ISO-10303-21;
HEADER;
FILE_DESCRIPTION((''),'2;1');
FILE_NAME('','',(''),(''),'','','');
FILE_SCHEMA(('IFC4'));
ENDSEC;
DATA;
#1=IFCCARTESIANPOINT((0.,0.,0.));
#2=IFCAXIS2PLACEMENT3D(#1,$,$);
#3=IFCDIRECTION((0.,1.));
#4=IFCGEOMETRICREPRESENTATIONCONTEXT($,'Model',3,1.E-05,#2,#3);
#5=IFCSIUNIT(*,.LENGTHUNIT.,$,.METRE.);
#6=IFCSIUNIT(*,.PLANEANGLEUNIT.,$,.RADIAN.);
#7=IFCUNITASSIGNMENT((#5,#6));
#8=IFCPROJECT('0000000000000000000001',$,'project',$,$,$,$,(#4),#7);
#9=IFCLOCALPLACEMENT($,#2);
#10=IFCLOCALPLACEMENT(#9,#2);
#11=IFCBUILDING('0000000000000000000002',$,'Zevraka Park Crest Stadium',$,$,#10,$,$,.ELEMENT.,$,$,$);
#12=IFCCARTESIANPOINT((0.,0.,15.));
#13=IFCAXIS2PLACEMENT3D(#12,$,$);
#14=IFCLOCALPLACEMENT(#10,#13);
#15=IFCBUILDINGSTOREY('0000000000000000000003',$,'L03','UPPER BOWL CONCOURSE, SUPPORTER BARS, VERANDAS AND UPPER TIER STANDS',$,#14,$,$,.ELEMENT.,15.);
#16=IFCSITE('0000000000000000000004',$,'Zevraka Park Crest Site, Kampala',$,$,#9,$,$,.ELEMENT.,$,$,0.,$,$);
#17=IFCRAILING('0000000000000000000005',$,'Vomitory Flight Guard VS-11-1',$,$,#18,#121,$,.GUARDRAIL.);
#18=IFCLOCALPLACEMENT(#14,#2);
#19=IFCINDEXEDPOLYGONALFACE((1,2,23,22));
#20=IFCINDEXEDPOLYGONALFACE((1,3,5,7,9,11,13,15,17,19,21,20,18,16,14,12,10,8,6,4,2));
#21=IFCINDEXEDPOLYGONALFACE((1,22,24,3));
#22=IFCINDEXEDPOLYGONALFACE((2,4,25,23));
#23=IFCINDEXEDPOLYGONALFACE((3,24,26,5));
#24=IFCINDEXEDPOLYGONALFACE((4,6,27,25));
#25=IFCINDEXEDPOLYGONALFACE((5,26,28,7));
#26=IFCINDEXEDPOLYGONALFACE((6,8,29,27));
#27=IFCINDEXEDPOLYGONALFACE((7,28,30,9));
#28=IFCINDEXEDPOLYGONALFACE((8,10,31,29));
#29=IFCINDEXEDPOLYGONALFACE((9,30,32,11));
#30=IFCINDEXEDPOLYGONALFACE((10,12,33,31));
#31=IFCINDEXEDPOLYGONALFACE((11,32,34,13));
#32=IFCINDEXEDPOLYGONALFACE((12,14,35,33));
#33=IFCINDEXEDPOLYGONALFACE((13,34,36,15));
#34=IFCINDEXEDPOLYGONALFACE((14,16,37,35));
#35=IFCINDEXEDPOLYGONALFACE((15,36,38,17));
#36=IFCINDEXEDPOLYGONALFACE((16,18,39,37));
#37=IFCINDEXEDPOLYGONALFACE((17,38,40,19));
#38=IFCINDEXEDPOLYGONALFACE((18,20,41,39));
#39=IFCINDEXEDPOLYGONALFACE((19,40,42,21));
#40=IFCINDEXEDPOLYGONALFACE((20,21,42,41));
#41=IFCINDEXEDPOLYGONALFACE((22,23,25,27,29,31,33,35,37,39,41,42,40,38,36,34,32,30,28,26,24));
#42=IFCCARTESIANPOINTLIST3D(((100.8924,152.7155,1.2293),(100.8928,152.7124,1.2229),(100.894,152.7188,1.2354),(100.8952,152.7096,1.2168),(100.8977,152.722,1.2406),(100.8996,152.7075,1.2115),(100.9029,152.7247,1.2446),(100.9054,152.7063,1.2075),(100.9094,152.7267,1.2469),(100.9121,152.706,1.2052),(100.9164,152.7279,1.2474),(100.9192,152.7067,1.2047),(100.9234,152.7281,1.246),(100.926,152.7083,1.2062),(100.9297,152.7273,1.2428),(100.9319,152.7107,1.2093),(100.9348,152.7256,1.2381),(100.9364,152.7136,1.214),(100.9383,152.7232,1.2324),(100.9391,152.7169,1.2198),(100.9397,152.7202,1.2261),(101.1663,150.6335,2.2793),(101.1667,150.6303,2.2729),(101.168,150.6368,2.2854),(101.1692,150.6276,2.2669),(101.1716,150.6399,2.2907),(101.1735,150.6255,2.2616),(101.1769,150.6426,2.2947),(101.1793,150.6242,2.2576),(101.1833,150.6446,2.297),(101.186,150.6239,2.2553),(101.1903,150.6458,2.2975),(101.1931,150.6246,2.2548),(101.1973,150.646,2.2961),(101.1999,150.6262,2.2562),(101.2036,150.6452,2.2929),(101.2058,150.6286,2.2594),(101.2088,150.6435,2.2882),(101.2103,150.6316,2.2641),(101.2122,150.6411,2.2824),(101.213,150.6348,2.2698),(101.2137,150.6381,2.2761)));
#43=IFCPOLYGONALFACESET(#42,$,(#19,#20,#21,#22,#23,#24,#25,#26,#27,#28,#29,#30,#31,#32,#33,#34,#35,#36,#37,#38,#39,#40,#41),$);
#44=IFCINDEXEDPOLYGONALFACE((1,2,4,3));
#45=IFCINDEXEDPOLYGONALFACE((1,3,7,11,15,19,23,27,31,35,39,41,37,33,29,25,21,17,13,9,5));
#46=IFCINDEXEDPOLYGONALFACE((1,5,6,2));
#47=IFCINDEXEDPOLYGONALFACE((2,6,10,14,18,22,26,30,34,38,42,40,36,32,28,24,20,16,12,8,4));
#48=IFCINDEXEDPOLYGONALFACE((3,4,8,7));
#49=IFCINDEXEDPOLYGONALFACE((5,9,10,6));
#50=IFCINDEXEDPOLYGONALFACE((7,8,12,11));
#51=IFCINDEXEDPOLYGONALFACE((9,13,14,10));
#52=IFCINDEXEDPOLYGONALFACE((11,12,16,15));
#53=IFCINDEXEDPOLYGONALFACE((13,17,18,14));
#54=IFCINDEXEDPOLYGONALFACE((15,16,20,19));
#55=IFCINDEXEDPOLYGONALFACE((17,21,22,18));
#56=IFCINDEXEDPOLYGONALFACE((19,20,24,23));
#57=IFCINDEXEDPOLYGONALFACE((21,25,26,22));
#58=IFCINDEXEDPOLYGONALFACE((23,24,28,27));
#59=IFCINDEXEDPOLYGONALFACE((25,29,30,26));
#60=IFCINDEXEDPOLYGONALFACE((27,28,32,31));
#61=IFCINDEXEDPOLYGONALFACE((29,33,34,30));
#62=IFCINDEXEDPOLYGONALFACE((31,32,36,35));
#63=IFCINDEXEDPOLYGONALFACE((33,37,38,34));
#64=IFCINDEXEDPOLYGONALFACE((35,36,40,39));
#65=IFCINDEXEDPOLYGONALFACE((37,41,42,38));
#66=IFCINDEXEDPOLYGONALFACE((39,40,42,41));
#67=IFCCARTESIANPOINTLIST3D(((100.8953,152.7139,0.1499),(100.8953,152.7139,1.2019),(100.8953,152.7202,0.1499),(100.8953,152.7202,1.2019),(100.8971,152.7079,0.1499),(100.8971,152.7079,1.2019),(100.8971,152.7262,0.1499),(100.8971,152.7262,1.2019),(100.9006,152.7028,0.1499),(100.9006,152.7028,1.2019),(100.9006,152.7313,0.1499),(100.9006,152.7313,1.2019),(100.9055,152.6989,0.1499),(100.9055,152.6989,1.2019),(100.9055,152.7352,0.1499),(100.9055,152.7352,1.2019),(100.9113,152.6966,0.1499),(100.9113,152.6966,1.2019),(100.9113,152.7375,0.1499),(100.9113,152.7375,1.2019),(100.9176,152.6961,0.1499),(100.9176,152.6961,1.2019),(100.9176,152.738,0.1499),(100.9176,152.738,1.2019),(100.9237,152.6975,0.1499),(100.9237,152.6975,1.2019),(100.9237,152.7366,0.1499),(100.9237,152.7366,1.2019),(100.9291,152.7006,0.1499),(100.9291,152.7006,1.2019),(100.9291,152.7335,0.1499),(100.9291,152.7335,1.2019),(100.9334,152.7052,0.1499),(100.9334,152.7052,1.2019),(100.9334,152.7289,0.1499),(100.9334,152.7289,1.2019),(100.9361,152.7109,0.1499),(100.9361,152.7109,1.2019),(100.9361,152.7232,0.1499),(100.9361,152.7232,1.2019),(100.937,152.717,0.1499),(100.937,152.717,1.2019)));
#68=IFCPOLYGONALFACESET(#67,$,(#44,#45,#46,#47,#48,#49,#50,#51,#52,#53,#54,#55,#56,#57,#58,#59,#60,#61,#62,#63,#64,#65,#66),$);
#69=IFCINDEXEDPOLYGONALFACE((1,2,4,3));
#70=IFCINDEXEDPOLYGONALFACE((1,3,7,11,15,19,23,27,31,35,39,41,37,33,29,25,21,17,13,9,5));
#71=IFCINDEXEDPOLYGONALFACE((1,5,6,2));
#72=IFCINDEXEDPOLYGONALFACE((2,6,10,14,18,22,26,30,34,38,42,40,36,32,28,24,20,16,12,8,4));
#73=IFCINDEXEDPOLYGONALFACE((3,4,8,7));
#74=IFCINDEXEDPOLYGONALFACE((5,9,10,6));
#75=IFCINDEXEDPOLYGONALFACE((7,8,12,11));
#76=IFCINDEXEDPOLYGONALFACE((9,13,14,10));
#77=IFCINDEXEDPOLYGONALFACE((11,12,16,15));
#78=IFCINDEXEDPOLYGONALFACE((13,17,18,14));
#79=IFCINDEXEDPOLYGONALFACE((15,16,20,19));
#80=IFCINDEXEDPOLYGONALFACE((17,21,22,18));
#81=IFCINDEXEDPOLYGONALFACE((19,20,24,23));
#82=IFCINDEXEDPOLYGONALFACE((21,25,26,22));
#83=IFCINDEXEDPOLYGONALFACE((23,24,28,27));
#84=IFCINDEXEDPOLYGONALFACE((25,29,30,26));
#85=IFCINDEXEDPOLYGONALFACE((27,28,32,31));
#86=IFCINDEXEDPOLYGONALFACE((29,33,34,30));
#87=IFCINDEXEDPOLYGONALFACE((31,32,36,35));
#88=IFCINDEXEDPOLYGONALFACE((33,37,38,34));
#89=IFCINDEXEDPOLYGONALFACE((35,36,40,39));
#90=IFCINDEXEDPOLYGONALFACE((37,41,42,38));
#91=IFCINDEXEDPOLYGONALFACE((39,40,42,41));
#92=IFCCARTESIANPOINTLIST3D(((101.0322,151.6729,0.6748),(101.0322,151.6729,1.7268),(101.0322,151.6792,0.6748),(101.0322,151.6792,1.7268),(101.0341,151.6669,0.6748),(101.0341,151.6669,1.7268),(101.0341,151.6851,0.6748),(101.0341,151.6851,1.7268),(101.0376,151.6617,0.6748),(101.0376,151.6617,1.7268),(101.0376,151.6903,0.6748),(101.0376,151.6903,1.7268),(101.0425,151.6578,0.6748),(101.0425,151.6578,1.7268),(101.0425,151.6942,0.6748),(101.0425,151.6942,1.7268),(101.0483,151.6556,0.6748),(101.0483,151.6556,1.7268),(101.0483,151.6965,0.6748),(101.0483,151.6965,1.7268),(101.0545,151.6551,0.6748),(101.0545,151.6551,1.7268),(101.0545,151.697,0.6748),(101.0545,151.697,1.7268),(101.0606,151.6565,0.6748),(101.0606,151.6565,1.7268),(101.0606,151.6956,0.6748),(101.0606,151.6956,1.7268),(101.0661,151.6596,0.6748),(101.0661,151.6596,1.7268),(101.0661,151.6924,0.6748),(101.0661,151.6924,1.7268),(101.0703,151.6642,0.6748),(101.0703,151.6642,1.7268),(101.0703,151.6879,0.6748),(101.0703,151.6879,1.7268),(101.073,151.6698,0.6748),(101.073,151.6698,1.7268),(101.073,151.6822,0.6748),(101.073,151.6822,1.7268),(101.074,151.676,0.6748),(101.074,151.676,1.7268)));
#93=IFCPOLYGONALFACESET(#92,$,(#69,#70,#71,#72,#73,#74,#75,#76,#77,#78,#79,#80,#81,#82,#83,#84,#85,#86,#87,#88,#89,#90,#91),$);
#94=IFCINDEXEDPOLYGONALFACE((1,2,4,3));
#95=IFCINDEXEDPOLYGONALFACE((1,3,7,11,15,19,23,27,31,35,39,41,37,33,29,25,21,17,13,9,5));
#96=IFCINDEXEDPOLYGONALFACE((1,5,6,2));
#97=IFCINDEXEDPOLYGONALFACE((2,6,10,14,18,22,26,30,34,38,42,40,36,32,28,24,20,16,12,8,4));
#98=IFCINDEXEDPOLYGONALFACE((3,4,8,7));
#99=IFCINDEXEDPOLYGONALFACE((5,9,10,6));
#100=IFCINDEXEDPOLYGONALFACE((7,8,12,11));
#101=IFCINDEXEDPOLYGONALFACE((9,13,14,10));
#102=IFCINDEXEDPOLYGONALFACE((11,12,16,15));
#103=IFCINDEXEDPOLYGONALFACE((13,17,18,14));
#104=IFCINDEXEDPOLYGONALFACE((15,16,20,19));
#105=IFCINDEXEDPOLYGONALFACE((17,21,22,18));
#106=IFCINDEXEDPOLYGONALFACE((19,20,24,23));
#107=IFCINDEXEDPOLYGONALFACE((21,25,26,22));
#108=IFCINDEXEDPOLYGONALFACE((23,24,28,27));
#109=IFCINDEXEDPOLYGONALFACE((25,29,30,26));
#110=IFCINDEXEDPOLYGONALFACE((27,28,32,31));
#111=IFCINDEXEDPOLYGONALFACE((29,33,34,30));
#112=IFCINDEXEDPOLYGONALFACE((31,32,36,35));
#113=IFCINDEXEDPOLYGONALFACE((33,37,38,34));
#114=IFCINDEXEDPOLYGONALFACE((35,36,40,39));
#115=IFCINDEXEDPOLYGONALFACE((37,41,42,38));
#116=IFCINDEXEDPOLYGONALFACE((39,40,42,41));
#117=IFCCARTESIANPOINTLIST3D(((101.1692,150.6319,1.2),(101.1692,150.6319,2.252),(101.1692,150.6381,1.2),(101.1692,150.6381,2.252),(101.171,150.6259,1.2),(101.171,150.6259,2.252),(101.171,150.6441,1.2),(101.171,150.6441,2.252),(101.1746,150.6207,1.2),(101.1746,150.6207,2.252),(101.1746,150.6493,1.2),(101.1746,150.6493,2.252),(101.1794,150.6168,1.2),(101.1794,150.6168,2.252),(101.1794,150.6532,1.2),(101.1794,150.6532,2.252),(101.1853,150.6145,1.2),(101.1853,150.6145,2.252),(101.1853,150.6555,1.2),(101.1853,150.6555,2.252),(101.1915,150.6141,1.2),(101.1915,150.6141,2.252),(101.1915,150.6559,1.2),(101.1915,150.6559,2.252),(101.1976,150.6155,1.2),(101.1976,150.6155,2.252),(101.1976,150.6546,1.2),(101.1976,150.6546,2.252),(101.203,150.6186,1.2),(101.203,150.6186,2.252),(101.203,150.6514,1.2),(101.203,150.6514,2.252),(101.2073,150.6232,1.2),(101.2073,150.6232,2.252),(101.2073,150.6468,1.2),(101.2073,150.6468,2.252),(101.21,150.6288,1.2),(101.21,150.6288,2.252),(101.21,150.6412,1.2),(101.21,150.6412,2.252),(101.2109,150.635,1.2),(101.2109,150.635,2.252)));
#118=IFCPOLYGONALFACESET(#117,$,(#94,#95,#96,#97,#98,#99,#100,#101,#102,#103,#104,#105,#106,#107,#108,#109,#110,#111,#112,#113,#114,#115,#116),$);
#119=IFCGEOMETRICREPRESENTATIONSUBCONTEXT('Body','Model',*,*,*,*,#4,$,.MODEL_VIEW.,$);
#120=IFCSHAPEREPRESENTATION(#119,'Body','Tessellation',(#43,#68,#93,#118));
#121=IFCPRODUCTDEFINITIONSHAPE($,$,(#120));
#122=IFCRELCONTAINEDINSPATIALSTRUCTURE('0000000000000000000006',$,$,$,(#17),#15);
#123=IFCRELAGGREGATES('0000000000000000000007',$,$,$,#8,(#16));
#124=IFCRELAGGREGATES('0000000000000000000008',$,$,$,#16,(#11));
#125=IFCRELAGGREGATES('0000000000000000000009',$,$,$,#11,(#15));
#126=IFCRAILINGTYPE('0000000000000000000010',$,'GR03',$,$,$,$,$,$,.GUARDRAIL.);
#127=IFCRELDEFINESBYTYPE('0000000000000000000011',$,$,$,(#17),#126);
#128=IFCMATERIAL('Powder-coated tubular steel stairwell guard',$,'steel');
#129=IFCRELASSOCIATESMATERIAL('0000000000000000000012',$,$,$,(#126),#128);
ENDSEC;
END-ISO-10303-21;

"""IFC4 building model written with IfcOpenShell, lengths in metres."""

from ifc_helpers import new_model, si_unit, direction, frame, origin, origin_2d, place, context, subcontext, project, spatial, circle, extrude, material, type_object, element, save


model = new_model("IFC4")

# Units and contexts
model_context = context("Model", 3, precision=1e-05, world=origin(), true_north=direction((0.0, 1.0)))
body_context = subcontext(model_context, "Body", "Model", "MODEL_VIEW")
ifc_project = project(units=[si_unit("LENGTHUNIT", "METRE"), si_unit("PLANEANGLEUNIT", "RADIAN")], contexts=[model_context])

# Site, building, storey
site_placement = place(None, origin())
site = spatial("IfcSite", under=ifc_project, at=site_placement, Name="Zevraka Park Crest Site, Kampala", CompositionType="ELEMENT", RefElevation=0.0)
building_placement = place(site_placement, origin())
building = spatial("IfcBuilding", under=site, at=building_placement, Name="Zevraka Park Crest Stadium", CompositionType="ELEMENT")
storey_placement = place(building_placement, frame((0.0, 0.0, 15.0)))
storey = spatial("IfcBuildingStorey", under=building, at=storey_placement, Name="L03", Description="UPPER BOWL CONCOURSE, SUPPORTER BARS, VERANDAS AND UPPER TIER STANDS", CompositionType="ELEMENT", Elevation=15.0)

# Railing
ifc_material_1 = material(Name="Powder-coated tubular steel stairwell guard", Category="steel")
railing_type_1 = type_object("IfcRailingType", Name="GR03", PredefinedType="GUARDRAIL", material=ifc_material_1)
railing_1_placement = place(storey_placement, frame((100.916, 152.717, 0.1499)))
element("IfcRailing", 1, at=railing_1_placement, inside=storey, type_object=railing_type_1, Name="Vomitory Flight Guard VS-11-1", PredefinedType="GUARDRAIL", context=body_context, shape_type="SweptSolid", body=[
    extrude(circle(Radius=0.0239, at=origin_2d()), frame((0.0, 0.0, 1.0762), z_axis=(0.11667, -0.886775, 0.447235), x_axis=(0.991456, 0.130442, 0.0)), (0.0, 0.0, 1.0), 2.3479),
    extrude(circle(Radius=0.021, at=origin_2d()), origin(), (0.0, 0.0, 1.0), 1.052),
    extrude(circle(Radius=0.021, at=origin_2d()), frame((0.137, -1.041, 0.5249)), (0.0, 0.0, 1.0), 1.052),
    extrude(circle(Radius=0.021, at=origin_2d()), frame((0.2739, -2.082, 1.05)), (0.0, 0.0, 1.0), 1.052),
])

save(model, "model.ifc")
